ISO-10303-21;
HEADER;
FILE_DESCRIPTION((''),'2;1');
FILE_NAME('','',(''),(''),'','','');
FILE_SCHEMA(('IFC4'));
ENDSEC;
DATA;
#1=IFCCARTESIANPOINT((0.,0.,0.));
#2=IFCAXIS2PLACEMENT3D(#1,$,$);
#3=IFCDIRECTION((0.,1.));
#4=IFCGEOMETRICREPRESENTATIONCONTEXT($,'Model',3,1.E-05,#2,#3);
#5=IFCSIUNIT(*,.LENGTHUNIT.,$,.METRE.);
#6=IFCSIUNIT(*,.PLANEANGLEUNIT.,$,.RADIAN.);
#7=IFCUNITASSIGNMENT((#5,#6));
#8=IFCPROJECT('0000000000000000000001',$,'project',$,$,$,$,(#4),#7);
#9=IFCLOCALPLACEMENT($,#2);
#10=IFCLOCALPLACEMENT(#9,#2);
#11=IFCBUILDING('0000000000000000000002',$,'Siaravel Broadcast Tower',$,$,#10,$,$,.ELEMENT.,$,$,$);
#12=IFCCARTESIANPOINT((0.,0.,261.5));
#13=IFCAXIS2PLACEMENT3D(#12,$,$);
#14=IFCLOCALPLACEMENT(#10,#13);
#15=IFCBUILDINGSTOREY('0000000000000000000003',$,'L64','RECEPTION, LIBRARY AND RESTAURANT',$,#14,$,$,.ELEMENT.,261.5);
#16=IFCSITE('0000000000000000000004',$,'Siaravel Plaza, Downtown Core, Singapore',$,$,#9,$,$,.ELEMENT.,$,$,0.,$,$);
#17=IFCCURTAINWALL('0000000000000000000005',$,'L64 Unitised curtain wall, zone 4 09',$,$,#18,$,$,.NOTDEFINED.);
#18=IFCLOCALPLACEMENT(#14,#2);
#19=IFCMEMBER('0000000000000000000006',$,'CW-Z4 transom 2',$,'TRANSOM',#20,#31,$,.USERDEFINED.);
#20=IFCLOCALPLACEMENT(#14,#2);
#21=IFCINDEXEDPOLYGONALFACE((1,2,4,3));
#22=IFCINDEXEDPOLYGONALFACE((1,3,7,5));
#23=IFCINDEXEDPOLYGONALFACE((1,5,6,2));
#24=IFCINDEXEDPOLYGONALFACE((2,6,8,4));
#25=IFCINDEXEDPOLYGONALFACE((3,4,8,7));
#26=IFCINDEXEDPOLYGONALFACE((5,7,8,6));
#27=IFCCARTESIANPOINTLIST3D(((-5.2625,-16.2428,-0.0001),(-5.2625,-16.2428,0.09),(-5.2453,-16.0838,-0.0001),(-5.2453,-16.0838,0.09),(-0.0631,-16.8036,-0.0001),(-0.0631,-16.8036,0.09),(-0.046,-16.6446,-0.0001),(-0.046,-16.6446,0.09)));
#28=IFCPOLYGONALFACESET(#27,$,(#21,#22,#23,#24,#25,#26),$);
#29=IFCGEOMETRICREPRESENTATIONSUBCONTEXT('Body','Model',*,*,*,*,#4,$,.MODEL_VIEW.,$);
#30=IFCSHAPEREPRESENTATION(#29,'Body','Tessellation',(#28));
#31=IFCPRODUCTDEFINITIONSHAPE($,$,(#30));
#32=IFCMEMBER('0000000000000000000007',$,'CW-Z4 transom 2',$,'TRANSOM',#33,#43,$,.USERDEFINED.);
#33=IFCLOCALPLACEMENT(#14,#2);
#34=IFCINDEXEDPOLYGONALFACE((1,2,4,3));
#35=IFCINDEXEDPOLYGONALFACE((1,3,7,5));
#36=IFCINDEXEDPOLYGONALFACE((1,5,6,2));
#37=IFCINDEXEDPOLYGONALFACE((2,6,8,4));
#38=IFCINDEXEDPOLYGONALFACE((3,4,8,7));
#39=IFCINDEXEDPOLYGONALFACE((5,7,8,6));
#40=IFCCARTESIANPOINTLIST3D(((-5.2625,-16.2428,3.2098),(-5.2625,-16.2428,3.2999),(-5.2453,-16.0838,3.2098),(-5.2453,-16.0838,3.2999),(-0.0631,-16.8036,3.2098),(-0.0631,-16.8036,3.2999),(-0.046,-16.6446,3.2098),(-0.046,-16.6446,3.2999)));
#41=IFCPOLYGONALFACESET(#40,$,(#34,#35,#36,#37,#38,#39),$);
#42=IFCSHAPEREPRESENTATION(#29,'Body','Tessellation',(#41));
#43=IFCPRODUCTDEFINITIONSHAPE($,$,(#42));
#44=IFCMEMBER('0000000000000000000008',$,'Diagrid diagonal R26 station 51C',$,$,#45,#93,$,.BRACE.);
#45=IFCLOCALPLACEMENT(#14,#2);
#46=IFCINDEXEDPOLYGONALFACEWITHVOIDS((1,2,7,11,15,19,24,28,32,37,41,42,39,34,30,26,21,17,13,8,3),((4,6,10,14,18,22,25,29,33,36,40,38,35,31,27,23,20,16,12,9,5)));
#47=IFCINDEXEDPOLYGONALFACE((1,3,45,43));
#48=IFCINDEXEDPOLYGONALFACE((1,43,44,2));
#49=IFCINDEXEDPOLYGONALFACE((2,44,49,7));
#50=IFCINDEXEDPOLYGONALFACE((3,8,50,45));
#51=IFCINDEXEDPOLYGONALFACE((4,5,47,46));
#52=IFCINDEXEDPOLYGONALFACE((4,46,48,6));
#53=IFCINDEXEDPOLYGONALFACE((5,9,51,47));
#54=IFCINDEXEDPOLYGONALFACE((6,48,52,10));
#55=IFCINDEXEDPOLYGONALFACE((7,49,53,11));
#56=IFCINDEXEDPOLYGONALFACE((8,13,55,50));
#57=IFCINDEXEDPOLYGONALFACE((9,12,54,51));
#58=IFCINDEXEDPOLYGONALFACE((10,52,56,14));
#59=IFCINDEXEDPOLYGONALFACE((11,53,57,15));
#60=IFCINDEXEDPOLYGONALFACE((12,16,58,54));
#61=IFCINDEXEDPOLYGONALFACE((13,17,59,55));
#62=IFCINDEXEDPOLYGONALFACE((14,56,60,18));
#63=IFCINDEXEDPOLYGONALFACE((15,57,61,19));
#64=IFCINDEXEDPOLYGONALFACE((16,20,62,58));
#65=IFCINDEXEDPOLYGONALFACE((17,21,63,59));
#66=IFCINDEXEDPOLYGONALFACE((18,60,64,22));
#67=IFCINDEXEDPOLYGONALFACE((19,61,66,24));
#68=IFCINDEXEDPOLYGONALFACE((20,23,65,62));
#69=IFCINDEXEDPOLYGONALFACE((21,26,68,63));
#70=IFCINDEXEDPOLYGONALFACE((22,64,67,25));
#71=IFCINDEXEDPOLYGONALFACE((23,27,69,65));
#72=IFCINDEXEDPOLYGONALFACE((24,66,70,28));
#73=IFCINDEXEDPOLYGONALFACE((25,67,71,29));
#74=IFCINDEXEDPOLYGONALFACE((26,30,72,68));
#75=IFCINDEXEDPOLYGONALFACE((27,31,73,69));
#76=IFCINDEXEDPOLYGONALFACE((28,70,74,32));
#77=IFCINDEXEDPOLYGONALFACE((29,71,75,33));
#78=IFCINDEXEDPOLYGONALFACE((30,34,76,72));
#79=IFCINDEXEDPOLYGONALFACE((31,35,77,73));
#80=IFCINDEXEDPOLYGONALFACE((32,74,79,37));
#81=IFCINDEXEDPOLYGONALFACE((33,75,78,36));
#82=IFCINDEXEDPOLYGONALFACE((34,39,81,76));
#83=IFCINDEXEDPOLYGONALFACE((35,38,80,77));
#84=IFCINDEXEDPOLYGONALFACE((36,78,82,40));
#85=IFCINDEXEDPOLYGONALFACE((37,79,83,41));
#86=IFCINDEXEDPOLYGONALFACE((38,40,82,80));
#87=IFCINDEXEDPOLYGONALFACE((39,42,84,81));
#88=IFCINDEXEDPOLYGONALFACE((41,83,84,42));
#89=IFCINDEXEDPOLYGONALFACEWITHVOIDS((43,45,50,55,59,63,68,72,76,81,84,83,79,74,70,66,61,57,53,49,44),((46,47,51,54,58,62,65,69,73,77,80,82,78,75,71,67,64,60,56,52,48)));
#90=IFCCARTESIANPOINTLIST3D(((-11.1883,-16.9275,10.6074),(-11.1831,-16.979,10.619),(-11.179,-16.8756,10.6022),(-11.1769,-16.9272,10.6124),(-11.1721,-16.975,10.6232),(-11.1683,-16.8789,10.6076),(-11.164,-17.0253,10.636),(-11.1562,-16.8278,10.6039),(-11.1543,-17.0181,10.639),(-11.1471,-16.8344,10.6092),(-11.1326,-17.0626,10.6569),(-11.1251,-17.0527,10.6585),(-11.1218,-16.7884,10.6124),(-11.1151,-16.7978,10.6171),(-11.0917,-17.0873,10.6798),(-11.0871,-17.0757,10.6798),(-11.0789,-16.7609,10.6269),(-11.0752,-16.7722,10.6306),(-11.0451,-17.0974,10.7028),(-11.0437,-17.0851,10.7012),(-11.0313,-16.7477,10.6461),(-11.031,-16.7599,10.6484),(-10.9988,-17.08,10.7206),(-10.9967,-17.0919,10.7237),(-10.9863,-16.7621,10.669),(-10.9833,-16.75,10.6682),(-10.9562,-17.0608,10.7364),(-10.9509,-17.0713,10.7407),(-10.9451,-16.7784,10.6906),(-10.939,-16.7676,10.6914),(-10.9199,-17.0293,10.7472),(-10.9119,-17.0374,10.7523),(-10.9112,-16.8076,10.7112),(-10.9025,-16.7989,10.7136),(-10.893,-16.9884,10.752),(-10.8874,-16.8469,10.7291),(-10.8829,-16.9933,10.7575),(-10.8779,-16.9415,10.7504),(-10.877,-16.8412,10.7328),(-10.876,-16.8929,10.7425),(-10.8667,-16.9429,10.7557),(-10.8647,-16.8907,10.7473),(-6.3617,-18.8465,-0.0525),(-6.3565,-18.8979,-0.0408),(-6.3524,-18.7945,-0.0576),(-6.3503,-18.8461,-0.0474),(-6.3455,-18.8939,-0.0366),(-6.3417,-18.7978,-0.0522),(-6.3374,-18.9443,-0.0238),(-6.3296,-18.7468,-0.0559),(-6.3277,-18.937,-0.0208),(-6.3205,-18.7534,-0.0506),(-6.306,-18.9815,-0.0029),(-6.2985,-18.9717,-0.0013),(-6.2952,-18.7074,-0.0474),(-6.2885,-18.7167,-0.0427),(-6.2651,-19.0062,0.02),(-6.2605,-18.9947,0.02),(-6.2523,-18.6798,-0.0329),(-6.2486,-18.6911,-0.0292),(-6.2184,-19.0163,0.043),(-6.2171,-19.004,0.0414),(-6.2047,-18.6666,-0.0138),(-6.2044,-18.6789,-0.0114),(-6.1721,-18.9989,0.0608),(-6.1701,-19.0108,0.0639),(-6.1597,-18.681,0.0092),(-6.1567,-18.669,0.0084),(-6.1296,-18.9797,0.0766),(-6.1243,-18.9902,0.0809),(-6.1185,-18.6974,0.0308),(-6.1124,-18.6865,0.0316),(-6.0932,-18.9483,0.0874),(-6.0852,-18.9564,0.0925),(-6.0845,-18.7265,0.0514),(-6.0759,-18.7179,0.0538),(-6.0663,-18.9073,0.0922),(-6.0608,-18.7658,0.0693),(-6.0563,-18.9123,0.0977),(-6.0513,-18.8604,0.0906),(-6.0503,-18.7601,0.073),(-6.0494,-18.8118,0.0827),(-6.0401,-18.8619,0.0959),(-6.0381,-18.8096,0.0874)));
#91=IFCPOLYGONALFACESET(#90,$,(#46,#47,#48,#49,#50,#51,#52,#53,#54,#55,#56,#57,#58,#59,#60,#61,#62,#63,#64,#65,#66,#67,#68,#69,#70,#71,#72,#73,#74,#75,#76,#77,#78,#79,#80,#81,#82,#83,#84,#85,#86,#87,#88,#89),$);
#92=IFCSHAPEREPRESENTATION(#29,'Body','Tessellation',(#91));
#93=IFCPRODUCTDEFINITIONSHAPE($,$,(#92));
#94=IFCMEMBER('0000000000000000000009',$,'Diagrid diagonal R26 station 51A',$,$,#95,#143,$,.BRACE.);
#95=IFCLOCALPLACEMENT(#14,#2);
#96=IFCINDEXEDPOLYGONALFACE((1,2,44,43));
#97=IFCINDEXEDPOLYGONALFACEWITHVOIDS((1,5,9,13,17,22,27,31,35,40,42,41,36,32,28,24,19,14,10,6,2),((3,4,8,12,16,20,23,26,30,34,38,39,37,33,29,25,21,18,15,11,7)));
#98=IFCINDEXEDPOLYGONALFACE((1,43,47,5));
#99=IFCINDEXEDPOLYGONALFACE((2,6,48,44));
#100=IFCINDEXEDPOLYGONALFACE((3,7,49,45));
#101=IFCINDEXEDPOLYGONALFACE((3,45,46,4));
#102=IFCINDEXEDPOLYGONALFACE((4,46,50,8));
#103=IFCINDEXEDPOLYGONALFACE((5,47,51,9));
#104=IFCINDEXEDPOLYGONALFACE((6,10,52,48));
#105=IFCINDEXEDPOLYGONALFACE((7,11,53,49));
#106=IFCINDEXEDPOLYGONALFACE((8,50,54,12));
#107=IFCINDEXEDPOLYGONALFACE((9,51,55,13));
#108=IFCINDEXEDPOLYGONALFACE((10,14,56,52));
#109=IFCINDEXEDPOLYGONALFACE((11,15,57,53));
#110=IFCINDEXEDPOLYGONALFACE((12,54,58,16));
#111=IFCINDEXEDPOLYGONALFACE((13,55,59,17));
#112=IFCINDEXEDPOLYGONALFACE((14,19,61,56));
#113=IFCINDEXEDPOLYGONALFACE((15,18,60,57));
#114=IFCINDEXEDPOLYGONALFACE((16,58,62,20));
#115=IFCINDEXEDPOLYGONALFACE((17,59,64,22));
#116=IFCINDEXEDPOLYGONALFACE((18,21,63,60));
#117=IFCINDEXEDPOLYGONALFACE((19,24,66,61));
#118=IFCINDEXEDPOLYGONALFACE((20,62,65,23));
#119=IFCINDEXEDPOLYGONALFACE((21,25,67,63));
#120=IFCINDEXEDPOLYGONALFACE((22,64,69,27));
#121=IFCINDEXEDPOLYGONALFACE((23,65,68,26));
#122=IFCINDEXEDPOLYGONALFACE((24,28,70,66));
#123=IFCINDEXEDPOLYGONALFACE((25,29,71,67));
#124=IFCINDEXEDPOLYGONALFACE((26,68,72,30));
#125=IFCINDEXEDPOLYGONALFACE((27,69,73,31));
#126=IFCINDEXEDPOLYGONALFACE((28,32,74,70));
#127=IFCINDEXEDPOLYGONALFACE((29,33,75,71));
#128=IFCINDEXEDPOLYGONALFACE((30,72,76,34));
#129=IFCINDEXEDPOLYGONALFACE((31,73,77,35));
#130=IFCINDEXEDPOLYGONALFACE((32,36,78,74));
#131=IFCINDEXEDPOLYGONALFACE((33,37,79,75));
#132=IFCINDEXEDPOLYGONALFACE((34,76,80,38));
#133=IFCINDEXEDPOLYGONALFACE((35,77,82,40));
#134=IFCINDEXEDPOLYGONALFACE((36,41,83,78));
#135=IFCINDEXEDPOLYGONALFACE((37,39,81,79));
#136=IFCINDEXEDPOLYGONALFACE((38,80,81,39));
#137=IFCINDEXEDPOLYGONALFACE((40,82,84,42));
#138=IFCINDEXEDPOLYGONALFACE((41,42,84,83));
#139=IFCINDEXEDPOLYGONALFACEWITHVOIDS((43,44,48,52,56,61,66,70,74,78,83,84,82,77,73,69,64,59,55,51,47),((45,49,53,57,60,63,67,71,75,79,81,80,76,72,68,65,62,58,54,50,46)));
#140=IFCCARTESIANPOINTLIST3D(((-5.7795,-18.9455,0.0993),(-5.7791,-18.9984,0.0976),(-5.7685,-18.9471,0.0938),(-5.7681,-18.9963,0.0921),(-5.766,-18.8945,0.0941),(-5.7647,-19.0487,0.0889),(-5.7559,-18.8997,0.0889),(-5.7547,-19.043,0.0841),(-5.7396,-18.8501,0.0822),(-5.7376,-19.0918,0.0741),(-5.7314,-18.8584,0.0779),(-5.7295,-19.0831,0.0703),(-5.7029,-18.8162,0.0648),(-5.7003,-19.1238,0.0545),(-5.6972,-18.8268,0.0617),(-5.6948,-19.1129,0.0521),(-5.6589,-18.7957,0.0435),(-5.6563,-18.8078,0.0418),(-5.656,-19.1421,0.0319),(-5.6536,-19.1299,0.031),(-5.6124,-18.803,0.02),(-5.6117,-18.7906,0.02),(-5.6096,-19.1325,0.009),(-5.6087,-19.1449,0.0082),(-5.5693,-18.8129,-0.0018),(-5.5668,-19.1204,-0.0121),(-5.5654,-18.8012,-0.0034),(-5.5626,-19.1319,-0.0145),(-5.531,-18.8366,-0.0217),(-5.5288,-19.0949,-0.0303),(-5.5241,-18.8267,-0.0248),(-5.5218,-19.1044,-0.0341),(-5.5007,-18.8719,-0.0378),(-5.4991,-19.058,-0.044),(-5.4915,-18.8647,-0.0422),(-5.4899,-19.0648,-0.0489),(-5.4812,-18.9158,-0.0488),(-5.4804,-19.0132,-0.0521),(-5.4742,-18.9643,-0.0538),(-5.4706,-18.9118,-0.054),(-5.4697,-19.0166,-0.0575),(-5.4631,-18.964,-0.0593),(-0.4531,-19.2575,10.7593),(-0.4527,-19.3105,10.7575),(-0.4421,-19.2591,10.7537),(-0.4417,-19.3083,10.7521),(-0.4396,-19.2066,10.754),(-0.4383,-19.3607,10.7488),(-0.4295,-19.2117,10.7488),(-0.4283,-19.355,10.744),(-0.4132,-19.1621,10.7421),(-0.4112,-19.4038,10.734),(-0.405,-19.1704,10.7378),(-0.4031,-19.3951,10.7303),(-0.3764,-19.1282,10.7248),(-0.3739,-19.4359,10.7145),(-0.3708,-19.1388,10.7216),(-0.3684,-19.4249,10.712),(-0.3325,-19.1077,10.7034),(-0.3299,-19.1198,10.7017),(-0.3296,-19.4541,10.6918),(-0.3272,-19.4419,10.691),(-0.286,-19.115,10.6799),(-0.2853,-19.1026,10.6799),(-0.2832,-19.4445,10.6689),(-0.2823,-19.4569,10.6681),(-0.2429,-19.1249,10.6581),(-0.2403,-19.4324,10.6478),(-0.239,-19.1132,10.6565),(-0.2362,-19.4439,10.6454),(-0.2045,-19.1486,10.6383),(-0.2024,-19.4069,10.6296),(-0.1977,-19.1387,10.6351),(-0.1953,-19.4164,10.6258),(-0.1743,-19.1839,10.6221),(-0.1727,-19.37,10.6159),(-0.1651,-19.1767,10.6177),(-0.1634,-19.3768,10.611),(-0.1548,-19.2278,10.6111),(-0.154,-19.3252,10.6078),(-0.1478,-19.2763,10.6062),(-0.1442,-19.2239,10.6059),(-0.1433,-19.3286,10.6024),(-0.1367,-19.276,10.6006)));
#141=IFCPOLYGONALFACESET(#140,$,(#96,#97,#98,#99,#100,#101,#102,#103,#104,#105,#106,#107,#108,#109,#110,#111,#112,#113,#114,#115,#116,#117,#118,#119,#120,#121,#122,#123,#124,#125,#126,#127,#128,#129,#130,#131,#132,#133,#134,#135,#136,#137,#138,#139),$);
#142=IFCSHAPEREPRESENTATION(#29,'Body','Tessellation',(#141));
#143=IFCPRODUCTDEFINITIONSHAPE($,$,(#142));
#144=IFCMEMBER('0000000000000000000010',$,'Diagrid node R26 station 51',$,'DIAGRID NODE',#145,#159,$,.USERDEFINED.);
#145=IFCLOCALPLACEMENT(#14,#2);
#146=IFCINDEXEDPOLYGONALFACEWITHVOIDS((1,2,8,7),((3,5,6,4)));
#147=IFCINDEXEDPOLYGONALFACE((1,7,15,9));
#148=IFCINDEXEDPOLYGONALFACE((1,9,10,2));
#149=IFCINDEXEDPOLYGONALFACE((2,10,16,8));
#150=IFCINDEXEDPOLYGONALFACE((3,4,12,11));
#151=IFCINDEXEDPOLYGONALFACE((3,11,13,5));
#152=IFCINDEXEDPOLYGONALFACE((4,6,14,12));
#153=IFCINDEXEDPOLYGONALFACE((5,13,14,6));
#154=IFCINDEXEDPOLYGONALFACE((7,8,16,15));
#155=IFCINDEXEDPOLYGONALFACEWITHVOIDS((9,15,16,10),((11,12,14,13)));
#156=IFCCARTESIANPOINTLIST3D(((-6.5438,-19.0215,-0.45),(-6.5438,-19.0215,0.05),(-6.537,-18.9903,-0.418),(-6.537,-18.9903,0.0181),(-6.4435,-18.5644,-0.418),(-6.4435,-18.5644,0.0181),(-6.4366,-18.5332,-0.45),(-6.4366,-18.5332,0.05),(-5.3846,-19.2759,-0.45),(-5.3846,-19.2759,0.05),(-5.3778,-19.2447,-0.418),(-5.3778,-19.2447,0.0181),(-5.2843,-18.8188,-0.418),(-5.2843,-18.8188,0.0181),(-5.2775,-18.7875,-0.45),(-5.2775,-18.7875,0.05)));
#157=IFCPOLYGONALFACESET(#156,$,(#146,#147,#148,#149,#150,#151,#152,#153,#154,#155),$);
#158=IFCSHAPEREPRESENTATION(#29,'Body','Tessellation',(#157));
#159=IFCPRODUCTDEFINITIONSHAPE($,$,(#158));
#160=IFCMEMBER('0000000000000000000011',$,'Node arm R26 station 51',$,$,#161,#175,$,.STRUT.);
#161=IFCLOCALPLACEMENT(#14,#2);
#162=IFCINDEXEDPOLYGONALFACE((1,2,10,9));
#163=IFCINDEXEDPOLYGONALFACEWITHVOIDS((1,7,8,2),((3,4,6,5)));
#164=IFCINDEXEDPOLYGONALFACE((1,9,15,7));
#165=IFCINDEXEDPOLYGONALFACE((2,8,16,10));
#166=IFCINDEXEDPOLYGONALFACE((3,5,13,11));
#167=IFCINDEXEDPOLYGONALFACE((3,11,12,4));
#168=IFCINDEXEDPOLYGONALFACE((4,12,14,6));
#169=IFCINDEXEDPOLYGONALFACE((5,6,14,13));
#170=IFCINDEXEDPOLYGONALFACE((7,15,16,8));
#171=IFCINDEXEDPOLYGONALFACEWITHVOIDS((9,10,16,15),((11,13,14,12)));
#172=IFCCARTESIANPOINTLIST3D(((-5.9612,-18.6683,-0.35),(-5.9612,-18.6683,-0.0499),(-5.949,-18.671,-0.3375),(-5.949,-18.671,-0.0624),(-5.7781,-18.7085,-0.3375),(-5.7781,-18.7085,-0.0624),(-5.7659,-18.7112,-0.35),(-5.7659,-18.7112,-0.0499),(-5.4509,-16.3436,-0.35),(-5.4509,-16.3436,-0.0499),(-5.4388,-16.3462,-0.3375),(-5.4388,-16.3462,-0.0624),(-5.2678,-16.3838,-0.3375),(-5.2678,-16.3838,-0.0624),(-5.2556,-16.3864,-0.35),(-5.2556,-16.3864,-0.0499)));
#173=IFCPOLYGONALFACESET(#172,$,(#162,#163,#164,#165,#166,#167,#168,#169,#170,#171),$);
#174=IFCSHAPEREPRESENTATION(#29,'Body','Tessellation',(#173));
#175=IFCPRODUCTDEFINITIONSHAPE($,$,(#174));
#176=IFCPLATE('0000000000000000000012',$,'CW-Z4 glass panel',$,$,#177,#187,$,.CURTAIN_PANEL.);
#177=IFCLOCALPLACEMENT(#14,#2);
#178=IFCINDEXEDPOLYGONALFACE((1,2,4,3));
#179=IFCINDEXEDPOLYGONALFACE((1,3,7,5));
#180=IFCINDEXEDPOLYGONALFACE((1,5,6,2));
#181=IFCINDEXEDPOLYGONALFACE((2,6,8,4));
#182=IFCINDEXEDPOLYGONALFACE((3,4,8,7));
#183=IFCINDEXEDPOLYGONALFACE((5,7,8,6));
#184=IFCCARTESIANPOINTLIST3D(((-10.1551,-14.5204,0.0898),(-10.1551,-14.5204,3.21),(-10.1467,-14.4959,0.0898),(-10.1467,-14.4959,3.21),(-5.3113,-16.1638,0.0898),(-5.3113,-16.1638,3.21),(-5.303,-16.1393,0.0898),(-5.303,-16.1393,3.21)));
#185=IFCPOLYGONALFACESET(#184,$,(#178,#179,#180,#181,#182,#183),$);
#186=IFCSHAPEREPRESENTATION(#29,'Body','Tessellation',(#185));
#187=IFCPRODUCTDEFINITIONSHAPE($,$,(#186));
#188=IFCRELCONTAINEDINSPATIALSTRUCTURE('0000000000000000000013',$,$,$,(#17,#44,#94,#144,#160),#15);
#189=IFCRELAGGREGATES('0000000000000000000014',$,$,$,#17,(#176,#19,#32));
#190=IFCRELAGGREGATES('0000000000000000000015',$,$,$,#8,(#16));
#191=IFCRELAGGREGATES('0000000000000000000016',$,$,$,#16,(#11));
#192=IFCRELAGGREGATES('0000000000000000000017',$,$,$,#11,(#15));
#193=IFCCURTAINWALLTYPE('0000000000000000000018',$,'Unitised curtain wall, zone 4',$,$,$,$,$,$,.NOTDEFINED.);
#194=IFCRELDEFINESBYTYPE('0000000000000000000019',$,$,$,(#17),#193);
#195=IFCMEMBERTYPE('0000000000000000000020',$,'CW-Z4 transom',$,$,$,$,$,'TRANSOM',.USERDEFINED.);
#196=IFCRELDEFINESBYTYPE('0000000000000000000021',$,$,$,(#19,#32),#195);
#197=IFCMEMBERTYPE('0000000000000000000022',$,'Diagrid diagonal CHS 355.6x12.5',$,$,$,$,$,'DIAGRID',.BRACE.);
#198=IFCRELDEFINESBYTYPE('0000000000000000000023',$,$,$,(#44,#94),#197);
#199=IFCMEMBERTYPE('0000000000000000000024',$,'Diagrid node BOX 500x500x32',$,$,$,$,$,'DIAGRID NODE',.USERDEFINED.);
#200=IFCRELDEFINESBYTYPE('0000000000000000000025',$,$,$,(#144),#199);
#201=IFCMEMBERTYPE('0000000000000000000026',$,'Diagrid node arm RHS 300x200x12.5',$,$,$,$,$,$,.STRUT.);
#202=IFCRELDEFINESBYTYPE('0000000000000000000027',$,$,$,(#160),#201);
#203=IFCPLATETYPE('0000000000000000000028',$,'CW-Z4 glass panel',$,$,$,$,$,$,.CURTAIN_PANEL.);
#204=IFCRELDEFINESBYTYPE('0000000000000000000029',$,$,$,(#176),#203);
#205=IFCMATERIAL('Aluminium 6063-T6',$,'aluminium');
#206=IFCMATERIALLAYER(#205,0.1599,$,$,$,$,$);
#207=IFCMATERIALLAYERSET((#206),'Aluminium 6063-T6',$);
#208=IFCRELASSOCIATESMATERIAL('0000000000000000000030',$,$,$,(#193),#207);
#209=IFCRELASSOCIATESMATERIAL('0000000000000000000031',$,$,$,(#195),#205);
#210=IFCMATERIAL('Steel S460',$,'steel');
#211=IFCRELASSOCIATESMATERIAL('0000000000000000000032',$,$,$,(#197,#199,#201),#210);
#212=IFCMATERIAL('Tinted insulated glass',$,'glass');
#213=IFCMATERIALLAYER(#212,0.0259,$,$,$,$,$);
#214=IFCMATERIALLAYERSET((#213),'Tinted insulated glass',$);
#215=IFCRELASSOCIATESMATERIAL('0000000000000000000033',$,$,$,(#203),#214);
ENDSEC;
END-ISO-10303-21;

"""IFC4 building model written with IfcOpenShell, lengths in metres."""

from ifc_helpers import new_model, si_unit, direction, frame, origin, origin_2d, place, context, subcontext, project, spatial, rectangle, hollow_rectangle, hollow_circle, extrude, material, layer, layer_set, material_profile, profile_set, type_object, element, aggregate, save


model = new_model("IFC4")

# Units and contexts
model_context = context("Model", 3, precision=1e-05, world=origin(), true_north=direction((0.0, 1.0)))
body_context = subcontext(model_context, "Body", "Model", "MODEL_VIEW")
ifc_project = project(units=[si_unit("LENGTHUNIT", "METRE"), si_unit("PLANEANGLEUNIT", "RADIAN")], contexts=[model_context])

# Site, building, storey
site_placement = place(None, origin())
site = spatial("IfcSite", under=ifc_project, at=site_placement, Name="Siaravel Plaza, Downtown Core, Singapore", CompositionType="ELEMENT", RefElevation=0.0)
building_placement = place(site_placement, origin())
building = spatial("IfcBuilding", under=site, at=building_placement, Name="Siaravel Broadcast Tower", CompositionType="ELEMENT")
storey_placement = place(building_placement, frame((0.0, 0.0, 261.5)))
storey = spatial("IfcBuildingStorey", under=building, at=storey_placement, Name="L64", Description="RECEPTION, LIBRARY AND RESTAURANT", CompositionType="ELEMENT", Elevation=261.5)

# Curtain wall, members
ifc_material_1 = material(Name="Aluminium 6063-T6", Category="aluminium")
ifc_layer_1 = layer(ifc_material_1, 0.1599)
ifc_layer_set_1 = layer_set([ifc_layer_1], Name="Aluminium 6063-T6")
curtain_wall_type = type_object("IfcCurtainWallType", Name="Unitised curtain wall, zone 4", PredefinedType="NOTDEFINED", material=ifc_layer_set_1)
curtain_wall_placement = place(storey_placement, origin())
curtain_wall = element("IfcCurtainWall", 1, at=curtain_wall_placement, inside=storey, type_object=curtain_wall_type, Name="L64 Unitised curtain wall, zone 4 09", PredefinedType="NOTDEFINED")
ifc_material_profile_1 = material_profile(ifc_material_1, rectangle(XDim=0.1599, YDim=0.0901, at=origin_2d()))
ifc_profile_set_1 = profile_set([ifc_material_profile_1], Name="Aluminium 6063-T6")
member_type_1 = type_object("IfcMemberType", Name="CW-Z4 transom", ElementType="TRANSOM", PredefinedType="USERDEFINED", material=ifc_profile_set_1)
member_1_placement = place(storey_placement, frame((-5.2539, -16.1633, 0.0449), z_axis=(0.994233, -0.107239, 0.0), x_axis=(0.107239, 0.994233, 0.0)))
member_1 = element("IfcMember", 2, at=member_1_placement, type_object=member_type_1, Name="CW-Z4 transom 2", ObjectType="TRANSOM", PredefinedType="USERDEFINED", context=body_context, shape_type="SweptSolid", body=[
    extrude(rectangle(XDim=0.1599, YDim=0.0901, at=origin_2d()), origin(), (0.0, 0.0, 1.0), 5.2295),
])
member_2_placement = place(storey_placement, frame((-5.2539, -16.1633, 3.2549), z_axis=(0.994233, -0.107239, 0.0), x_axis=(0.107239, 0.994233, 0.0)))
member_2 = element("IfcMember", 3, at=member_2_placement, type_object=member_type_1, Name="CW-Z4 transom 2", ObjectType="TRANSOM", PredefinedType="USERDEFINED", context=body_context, shape_type="SweptSolid", body=[
    extrude(rectangle(XDim=0.1599, YDim=0.0901, at=origin_2d()), origin(), (0.0, 0.0, 1.0), 5.2295),
])

# Members
ifc_material_2 = material(Name="Steel S460", Category="steel")
ifc_material_profile_2 = material_profile(ifc_material_2, hollow_circle(Radius=0.1777, WallThickness=0.0125, at=origin_2d()))
ifc_profile_set_2 = profile_set([ifc_material_profile_2], Name="Steel S460")
member_type_2 = type_object("IfcMemberType", Name="Diagrid diagonal CHS 355.6x12.5", ElementType="DIAGRID", PredefinedType="BRACE", material=ifc_profile_set_2)
member_3_placement = place(storey_placement, frame((-6.1995, -18.8411, 0.02), z_axis=(-0.407037, 0.161827, 0.898962), x_axis=(-0.369445, -0.929253, 0.0)))
element("IfcMember", 4, at=member_3_placement, inside=storey, type_object=member_type_2, Name="Diagrid diagonal R26 station 51C", PredefinedType="BRACE", context=body_context, shape_type="SweptSolid", body=[
    extrude(hollow_circle(Radius=0.1777, WallThickness=0.0125, at=origin_2d()), origin(), (0.0, 0.0, 1.0), 11.8579),
])
member_4_placement = place(storey_placement, frame((-5.6221, -18.968, 0.02), z_axis=(0.446823, -0.026174, 0.89424), x_axis=(0.058478, 0.998289, 0.0)))
element("IfcMember", 5, at=member_4_placement, inside=storey, type_object=member_type_2, Name="Diagrid diagonal R26 station 51A", PredefinedType="BRACE", context=body_context, shape_type="SweptSolid", body=[
    extrude(hollow_circle(Radius=0.1777, WallThickness=0.0125, at=origin_2d()), origin(), (0.0, 0.0, 1.0), 11.9207),
])
ifc_material_profile_3 = material_profile(ifc_material_2, hollow_rectangle(XDim=0.5, YDim=0.5, WallThickness=0.032, at=origin_2d()))
ifc_profile_set_3 = profile_set([ifc_material_profile_3], Name="Steel S460")
member_type_3 = type_object("IfcMemberType", Name="Diagrid node BOX 500x500x32", ElementType="DIAGRID NODE", PredefinedType="USERDEFINED", material=ifc_profile_set_3)
member_5_placement = place(storey_placement, frame((-6.4902, -18.7773, -0.2), z_axis=(0.976755, -0.214359, 0.0), x_axis=(0.214359, 0.976755, 0.0)))
element("IfcMember", 6, at=member_5_placement, inside=storey, type_object=member_type_3, Name="Diagrid node R26 station 51", ObjectType="DIAGRID NODE", PredefinedType="USERDEFINED", context=body_context, shape_type="SweptSolid", body=[
    extrude(hollow_rectangle(XDim=0.5, YDim=0.5, WallThickness=0.032, at=origin_2d()), origin(), (0.0, 0.0, 1.0), 1.1868),
])
ifc_material_profile_4 = material_profile(ifc_material_2, hollow_rectangle(XDim=0.2, YDim=0.3, WallThickness=0.0125, at=origin_2d()))
ifc_profile_set_4 = profile_set([ifc_material_profile_4], Name="Steel S460")
member_type_4 = type_object("IfcMemberType", Name="Diagrid node arm RHS 300x200x12.5", PredefinedType="STRUT", material=ifc_profile_set_4)
member_6_placement = place(storey_placement, frame((-5.3533, -16.365, -0.2), z_axis=(-0.214388, -0.976749, 0.0), x_axis=(0.976749, -0.214388, 0.0)))
element("IfcMember", 7, at=member_6_placement, inside=storey, type_object=member_type_4, Name="Node arm R26 station 51", PredefinedType="STRUT", context=body_context, shape_type="SweptSolid", body=[
    extrude(hollow_rectangle(XDim=0.2, YDim=0.3, WallThickness=0.0125, at=origin_2d()), origin(), (0.0, 0.0, 1.0), 2.3801),
])

# Plate
ifc_material_3 = material(Name="Tinted insulated glass", Category="glass")
ifc_layer_2 = layer(ifc_material_3, 0.0259)
ifc_layer_set_2 = layer_set([ifc_layer_2], Name="Tinted insulated glass")
plate_type = type_object("IfcPlateType", Name="CW-Z4 glass panel", PredefinedType="CURTAIN_PANEL", material=ifc_layer_set_2)
plate_1_placement = place(storey_placement, frame((-7.729, -15.3298, 0.0898), z_axis=(0.0, 0.0, 1.0), x_axis=(0.946977, -0.321302, 0.0)))
plate_1 = element("IfcPlate", 8, at=plate_1_placement, type_object=plate_type, Name="CW-Z4 glass panel", PredefinedType="CURTAIN_PANEL", context=body_context, shape_type="SweptSolid", body=[
    extrude(rectangle(XDim=5.115, YDim=0.0259, at=origin_2d()), origin(), (0.0, 0.0, 1.0), 3.1201),
])
aggregate(curtain_wall, [plate_1, member_1, member_2])

save(model, "model.ifc")
